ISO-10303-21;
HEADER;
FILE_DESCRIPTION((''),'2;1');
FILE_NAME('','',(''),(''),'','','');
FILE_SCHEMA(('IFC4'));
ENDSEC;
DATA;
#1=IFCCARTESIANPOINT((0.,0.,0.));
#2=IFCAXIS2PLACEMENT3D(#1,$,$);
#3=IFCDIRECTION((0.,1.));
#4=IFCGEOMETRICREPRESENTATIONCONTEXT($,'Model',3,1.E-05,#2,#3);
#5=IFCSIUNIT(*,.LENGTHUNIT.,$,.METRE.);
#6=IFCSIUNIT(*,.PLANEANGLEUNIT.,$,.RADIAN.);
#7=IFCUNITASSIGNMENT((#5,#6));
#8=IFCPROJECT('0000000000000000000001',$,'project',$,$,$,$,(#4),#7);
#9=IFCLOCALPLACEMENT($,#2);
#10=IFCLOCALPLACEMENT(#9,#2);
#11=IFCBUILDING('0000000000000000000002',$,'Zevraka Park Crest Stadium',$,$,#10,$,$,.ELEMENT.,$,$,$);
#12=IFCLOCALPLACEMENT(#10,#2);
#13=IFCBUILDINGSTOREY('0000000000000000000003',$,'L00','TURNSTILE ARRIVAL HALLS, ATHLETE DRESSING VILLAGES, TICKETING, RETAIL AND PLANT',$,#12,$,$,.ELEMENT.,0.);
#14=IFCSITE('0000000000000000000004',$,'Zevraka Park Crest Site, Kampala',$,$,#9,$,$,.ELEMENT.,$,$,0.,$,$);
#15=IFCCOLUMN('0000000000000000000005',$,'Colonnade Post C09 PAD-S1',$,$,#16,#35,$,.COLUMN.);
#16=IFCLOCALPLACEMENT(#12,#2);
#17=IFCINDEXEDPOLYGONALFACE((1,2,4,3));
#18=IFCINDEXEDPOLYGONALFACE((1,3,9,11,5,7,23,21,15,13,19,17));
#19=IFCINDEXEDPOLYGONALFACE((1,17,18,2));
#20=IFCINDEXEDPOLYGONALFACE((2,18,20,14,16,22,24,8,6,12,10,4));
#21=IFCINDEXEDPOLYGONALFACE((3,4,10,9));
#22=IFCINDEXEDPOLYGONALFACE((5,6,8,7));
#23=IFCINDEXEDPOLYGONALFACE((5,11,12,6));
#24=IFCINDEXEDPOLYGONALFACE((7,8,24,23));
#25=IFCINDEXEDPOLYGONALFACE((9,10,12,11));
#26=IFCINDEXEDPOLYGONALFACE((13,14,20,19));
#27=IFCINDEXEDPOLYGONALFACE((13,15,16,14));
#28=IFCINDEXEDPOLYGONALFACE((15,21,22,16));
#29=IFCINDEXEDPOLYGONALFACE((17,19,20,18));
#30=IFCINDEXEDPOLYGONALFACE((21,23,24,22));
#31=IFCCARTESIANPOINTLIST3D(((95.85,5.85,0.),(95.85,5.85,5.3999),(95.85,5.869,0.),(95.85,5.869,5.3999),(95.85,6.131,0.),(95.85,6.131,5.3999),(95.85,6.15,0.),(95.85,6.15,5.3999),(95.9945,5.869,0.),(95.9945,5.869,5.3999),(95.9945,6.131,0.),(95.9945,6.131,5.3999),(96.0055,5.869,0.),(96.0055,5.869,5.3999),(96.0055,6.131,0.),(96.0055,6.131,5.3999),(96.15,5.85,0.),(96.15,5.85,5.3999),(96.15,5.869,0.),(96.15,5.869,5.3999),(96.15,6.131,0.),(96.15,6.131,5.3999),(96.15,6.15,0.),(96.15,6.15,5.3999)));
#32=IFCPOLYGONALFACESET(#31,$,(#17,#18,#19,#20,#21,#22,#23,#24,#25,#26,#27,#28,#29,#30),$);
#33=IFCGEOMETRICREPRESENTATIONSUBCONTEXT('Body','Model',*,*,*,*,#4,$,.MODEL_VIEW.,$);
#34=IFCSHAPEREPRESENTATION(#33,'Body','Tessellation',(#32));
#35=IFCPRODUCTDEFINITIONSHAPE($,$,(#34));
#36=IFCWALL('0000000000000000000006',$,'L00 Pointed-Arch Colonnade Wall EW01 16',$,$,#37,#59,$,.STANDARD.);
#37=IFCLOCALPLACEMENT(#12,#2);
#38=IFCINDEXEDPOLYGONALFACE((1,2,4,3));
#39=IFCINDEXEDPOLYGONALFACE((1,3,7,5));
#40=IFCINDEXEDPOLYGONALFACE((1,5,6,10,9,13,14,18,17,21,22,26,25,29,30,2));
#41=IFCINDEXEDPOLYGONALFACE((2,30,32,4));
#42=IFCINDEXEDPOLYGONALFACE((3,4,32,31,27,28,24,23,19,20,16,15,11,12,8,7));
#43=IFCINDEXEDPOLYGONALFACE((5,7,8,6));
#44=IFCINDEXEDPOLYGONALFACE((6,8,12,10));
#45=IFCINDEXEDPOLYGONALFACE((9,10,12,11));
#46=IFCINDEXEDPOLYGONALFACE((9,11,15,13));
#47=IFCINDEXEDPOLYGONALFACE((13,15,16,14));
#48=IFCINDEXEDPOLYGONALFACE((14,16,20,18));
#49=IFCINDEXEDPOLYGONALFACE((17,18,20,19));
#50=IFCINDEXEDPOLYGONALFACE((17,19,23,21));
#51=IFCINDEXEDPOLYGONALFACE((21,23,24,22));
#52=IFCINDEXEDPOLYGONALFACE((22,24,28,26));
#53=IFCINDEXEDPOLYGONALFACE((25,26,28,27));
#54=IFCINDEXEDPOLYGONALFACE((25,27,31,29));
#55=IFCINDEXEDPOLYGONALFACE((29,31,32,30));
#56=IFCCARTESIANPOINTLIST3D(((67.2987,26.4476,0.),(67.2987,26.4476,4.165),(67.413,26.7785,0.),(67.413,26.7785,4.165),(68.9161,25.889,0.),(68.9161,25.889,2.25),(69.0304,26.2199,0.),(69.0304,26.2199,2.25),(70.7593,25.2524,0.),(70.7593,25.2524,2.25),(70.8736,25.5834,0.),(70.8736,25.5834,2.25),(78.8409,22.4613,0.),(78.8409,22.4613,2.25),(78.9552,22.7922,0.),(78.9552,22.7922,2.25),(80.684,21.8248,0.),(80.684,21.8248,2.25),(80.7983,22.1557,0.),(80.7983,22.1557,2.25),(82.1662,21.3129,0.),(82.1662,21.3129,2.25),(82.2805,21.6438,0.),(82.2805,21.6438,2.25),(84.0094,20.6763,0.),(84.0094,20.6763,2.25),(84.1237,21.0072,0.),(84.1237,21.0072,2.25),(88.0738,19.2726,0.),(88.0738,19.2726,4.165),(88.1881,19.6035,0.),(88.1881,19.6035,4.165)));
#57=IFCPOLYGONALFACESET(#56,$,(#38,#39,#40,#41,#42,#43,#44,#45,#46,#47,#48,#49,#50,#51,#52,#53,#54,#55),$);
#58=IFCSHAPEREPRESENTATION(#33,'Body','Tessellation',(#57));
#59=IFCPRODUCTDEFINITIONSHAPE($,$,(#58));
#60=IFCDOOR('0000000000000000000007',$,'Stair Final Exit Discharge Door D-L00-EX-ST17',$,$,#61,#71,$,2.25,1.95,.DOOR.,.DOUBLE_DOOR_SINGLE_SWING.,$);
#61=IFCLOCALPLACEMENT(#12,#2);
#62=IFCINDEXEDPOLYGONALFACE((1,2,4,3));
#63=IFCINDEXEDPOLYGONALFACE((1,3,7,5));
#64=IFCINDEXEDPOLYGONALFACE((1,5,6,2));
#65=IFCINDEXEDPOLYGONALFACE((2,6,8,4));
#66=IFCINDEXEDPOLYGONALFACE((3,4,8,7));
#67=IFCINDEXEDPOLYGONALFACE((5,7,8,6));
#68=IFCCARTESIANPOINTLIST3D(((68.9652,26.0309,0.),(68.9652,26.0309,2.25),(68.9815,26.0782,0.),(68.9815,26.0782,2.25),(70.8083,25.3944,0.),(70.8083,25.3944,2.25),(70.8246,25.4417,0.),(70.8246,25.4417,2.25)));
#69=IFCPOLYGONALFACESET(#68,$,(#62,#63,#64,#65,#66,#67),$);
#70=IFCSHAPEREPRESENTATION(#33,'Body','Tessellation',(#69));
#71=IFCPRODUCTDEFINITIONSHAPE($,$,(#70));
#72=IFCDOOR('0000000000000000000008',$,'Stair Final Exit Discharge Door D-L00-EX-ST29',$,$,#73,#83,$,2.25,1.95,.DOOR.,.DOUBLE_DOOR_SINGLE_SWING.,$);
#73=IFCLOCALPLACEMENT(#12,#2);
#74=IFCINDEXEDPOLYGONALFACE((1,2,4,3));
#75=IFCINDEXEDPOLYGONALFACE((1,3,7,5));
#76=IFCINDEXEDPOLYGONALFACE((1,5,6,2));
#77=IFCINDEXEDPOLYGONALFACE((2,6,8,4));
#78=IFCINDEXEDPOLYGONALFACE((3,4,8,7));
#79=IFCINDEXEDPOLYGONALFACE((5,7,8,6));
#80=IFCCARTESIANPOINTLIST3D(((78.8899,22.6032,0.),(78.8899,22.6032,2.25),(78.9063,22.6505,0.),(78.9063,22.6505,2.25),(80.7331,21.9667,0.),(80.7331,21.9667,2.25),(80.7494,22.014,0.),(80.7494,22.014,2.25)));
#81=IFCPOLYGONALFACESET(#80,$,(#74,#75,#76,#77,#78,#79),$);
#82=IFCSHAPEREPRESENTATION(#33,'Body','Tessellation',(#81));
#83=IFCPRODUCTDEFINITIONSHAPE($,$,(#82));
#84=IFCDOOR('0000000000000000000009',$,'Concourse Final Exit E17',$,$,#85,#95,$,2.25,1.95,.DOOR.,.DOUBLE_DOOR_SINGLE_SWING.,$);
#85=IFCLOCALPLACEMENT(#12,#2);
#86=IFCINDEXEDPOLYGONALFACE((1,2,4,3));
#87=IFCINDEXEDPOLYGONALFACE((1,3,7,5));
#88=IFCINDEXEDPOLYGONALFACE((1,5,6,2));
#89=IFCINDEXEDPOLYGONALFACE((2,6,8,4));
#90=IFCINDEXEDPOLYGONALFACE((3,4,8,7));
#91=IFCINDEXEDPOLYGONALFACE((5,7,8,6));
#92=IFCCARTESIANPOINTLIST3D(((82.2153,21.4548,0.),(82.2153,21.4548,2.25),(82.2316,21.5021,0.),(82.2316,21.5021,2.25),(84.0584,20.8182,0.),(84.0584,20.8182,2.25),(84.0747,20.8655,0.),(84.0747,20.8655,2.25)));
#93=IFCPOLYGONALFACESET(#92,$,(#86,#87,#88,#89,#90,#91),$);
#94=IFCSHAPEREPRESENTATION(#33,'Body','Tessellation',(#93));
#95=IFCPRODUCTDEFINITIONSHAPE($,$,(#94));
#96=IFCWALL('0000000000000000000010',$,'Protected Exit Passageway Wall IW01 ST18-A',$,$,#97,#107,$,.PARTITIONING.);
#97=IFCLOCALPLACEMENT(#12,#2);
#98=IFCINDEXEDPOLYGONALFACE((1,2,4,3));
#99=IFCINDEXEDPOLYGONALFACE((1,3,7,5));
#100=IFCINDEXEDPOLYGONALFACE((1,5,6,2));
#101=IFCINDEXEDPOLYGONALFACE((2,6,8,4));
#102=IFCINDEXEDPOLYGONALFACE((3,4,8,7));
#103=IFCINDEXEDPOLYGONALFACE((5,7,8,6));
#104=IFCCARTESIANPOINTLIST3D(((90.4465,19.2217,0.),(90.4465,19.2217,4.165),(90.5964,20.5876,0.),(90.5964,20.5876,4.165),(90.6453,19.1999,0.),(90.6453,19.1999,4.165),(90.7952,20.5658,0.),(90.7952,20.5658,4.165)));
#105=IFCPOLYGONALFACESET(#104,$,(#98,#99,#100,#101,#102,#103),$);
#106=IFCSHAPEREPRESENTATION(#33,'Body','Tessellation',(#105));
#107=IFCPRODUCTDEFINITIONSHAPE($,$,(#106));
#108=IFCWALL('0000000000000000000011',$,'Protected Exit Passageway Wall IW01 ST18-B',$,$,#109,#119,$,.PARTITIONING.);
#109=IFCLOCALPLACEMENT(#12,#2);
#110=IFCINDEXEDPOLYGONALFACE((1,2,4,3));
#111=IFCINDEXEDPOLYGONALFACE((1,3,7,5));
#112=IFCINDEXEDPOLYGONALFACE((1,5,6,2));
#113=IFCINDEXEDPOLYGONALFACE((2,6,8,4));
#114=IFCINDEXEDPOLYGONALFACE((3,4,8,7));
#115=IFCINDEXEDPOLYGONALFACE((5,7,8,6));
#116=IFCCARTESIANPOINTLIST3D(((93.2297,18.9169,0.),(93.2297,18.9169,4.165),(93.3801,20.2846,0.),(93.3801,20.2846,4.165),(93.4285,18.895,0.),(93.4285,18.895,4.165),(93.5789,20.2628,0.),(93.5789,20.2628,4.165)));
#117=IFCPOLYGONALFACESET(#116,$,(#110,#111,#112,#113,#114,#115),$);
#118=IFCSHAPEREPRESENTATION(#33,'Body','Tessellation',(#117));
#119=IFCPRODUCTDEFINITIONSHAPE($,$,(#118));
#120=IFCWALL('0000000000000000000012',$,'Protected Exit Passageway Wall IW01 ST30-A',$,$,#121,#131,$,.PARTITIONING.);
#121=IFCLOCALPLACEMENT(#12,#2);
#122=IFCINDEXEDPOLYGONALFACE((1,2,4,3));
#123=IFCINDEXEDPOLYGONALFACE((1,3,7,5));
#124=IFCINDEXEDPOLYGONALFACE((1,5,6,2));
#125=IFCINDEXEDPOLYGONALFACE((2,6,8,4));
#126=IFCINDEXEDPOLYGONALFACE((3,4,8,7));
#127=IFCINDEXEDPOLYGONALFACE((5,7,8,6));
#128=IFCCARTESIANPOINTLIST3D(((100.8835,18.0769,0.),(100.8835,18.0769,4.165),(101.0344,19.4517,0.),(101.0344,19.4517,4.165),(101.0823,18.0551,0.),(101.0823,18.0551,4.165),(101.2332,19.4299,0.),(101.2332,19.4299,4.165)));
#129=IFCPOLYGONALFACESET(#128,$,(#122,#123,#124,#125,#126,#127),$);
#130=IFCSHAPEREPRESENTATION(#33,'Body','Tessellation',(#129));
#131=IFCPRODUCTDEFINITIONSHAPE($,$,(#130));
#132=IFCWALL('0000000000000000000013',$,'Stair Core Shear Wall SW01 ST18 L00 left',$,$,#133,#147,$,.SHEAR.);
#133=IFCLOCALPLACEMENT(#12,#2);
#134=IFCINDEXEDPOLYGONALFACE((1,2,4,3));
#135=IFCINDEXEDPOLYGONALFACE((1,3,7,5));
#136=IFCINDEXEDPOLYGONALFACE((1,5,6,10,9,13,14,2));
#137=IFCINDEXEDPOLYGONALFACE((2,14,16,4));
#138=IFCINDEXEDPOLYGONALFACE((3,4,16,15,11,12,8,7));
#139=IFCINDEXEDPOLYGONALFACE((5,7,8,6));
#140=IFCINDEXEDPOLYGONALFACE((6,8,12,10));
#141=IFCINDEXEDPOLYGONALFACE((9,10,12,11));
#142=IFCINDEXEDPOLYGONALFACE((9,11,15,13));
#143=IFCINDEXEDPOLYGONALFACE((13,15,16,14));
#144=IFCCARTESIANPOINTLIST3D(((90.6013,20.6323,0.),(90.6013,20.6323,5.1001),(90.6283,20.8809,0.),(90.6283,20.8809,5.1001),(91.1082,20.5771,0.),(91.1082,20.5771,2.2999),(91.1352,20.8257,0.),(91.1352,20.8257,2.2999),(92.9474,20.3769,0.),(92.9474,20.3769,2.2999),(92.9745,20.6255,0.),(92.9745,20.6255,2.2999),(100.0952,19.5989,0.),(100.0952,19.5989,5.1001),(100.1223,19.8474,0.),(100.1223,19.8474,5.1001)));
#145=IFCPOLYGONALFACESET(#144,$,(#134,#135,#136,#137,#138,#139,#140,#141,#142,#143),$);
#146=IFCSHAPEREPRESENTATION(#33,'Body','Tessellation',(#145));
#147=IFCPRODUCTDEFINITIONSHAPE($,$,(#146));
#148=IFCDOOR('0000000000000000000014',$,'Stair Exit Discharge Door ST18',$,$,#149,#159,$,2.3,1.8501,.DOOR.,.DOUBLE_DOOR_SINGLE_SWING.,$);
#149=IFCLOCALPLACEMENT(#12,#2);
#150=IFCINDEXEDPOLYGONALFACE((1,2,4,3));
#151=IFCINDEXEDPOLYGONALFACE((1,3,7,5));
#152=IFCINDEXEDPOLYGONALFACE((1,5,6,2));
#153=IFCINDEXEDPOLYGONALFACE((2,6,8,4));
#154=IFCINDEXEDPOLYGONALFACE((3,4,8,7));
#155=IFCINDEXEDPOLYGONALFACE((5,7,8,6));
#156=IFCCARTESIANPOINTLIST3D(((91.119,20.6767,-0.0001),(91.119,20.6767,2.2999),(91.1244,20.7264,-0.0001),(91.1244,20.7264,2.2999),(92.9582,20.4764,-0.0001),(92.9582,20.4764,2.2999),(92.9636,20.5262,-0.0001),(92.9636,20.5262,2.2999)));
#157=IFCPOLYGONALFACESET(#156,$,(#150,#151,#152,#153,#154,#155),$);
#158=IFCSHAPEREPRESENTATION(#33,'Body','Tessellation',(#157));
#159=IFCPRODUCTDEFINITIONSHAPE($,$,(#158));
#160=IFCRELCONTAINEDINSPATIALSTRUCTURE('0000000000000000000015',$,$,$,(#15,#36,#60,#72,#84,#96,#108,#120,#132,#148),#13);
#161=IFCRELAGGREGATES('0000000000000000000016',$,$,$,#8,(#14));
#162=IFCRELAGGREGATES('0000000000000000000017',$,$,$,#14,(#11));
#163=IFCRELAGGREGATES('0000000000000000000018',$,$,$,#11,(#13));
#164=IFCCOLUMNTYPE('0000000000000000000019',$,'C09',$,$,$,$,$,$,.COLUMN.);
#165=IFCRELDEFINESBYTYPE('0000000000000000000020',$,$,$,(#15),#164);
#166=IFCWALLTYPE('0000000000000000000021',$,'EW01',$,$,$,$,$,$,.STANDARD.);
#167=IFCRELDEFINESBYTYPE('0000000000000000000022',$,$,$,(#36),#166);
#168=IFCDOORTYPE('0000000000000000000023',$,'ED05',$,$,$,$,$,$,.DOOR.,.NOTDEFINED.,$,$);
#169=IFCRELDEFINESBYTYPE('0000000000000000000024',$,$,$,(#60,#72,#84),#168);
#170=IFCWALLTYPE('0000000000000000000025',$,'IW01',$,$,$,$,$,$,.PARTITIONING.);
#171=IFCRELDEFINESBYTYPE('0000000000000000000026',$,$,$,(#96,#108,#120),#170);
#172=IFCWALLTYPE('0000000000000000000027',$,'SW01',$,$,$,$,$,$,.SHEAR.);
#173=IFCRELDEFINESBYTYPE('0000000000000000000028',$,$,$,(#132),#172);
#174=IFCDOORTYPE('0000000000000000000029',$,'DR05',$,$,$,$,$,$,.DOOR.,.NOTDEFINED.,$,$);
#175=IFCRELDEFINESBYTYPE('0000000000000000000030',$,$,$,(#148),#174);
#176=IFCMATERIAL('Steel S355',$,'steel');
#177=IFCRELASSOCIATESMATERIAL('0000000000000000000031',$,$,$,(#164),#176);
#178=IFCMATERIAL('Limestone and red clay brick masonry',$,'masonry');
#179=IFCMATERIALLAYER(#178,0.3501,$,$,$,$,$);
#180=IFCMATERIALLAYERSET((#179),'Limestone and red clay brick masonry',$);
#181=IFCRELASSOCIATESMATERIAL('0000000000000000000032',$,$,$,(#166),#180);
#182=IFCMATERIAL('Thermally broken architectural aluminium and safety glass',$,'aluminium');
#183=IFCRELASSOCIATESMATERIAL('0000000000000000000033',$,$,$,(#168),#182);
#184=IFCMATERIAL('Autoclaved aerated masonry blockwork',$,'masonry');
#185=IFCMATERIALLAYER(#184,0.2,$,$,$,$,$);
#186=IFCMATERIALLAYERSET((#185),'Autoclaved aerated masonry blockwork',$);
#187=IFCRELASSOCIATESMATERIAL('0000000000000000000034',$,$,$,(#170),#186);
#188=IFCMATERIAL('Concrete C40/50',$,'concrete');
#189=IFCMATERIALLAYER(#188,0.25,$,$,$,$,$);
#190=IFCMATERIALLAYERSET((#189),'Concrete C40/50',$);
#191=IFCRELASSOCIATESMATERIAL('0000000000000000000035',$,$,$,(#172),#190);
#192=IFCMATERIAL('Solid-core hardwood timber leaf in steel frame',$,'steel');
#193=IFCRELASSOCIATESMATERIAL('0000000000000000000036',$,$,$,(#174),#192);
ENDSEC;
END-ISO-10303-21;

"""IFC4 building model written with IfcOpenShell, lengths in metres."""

from ifc_helpers import new_model, si_unit, direction, frame, frame_2d, origin, origin_2d, place, context, subcontext, project, spatial, rectangle, i_section, extrude, material, layer, layer_set, material_profile, profile_set, type_object, element, fill, save


model = new_model("IFC4")

# Units and contexts
model_context = context("Model", 3, precision=1e-05, world=origin(), true_north=direction((0.0, 1.0)))
body_context = subcontext(model_context, "Body", "Model", "MODEL_VIEW")
ifc_project = project(units=[si_unit("LENGTHUNIT", "METRE"), si_unit("PLANEANGLEUNIT", "RADIAN")], contexts=[model_context])

# Site, building, storey
site_placement = place(None, origin())
site = spatial("IfcSite", under=ifc_project, at=site_placement, Name="Zevraka Park Crest Site, Kampala", CompositionType="ELEMENT", RefElevation=0.0)
building_placement = place(site_placement, origin())
building = spatial("IfcBuilding", under=site, at=building_placement, Name="Zevraka Park Crest Stadium", CompositionType="ELEMENT")
storey_placement = place(building_placement, origin())
storey = spatial("IfcBuildingStorey", under=building, at=storey_placement, Name="L00", Description="TURNSTILE ARRIVAL HALLS, ATHLETE DRESSING VILLAGES, TICKETING, RETAIL AND PLANT", CompositionType="ELEMENT", Elevation=0.0)

# Column
ifc_material_1 = material(Name="Steel S355", Category="steel")
ifc_material_profile_1 = material_profile(ifc_material_1, i_section(OverallWidth=0.3, OverallDepth=0.3, WebThickness=0.011, FlangeThickness=0.019, at=origin_2d()), Name="HEB 300")
ifc_profile_set_1 = profile_set([ifc_material_profile_1], Name="Steel S355")
column_type_1 = type_object("IfcColumnType", Name="C09", PredefinedType="COLUMN", material=ifc_profile_set_1)
column_1_placement = place(storey_placement, frame((96.0, 6.0, 0.0), z_axis=(0.0, 0.0, 1.0), x_axis=(1.0, 0.0, 0.0)))
element("IfcColumn", 1, at=column_1_placement, inside=storey, type_object=column_type_1, Name="Colonnade Post C09 PAD-S1", PredefinedType="COLUMN", context=body_context, shape_type="SweptSolid", body=[
    extrude(i_section(OverallWidth=0.3, OverallDepth=0.3, WebThickness=0.011, FlangeThickness=0.019, at=origin_2d()), origin(), (0.0, 0.0, 1.0), 5.3999),
])

# Wall, openings, doors
ifc_material_2 = material(Name="Limestone and red clay brick masonry", Category="masonry")
ifc_layer_1 = layer(ifc_material_2, 0.3501)
ifc_layer_set_1 = layer_set([ifc_layer_1], Name="Limestone and red clay brick masonry")
wall_type_1 = type_object("IfcWallType", Name="EW01", PredefinedType="STANDARD", material=ifc_layer_set_1)
wall_1_placement = place(storey_placement, frame((88.1311, 19.438, 0.0), z_axis=(0.0, 0.0, 1.0), x_axis=(-0.945216, 0.326446, 0.0)))
wall_1 = element("IfcWall", 2, at=wall_1_placement, inside=storey, type_object=wall_type_1, Name="L00 Pointed-Arch Colonnade Wall EW01 16", PredefinedType="STANDARD", context=body_context, shape_type="SweptSolid", body=[
    extrude(rectangle(XDim=21.9792, YDim=0.3501, at=frame_2d((10.9897, 0.0))), origin(), (0.0, 0.0, 1.0), 4.165),
])
opening_1_placement = place(wall_1_placement, frame((18.3181, 0.0, 0.0)))
opening_1 = element("IfcOpeningElement", 3, at=opening_1_placement, cuts=wall_1, PredefinedType="OPENING", context=body_context, shape_type="SweptSolid", body=[
    extrude(rectangle(XDim=1.95, YDim=2.25, at=frame_2d((0.9751, 1.125))), frame((0.0, 0.1851, 0.0), z_axis=(0.0, -1.0, 0.0), x_axis=(1.0, 0.0, 0.0)), (0.0, 0.0, 1.0), 0.3701),
])
opening_2_placement = place(wall_1_placement, frame((7.8181, 0.0, 0.0)))
opening_2 = element("IfcOpeningElement", 4, at=opening_2_placement, cuts=wall_1, PredefinedType="OPENING", context=body_context, shape_type="SweptSolid", body=[
    extrude(rectangle(XDim=1.95, YDim=2.25, at=frame_2d((0.9751, 1.125))), frame((0.0, 0.1851, 0.0), z_axis=(0.0, -1.0, 0.0), x_axis=(1.0, 0.0, 0.0)), (0.0, 0.0, 1.0), 0.3701),
])
opening_3_placement = place(wall_1_placement, frame((4.3, 0.0, 0.0)))
opening_3 = element("IfcOpeningElement", 5, at=opening_3_placement, cuts=wall_1, PredefinedType="OPENING", context=body_context, shape_type="SweptSolid", body=[
    extrude(rectangle(XDim=1.95, YDim=2.25, at=frame_2d((0.9751, 1.125))), frame((0.0, 0.1851, 0.0), z_axis=(0.0, -1.0, 0.0), x_axis=(1.0, 0.0, 0.0)), (0.0, 0.0, 1.0), 0.3701),
])
ifc_material_3 = material(Name="Thermally broken architectural aluminium and safety glass", Category="aluminium")
door_type_1 = type_object("IfcDoorType", Name="ED05", OperationType="NOTDEFINED", PredefinedType="DOOR", material=ifc_material_3)
door_1_placement = place(opening_1_placement, origin())
door_1 = element("IfcDoor", 6, at=door_1_placement, inside=storey, type_object=door_type_1, Name="Stair Final Exit Discharge Door D-L00-EX-ST17", OperationType="DOUBLE_DOOR_SINGLE_SWING", OverallHeight=2.25, OverallWidth=1.95, PredefinedType="DOOR", context=body_context, shape_type="SweptSolid", body=[
    extrude(rectangle(XDim=1.95, YDim=2.25, at=frame_2d((0.9751, 1.125))), frame((0.0, 0.0249, 0.0), z_axis=(0.0, -1.0, 0.0), x_axis=(1.0, 0.0, 0.0)), (0.0, 0.0, 1.0), 0.05),
])
fill(opening_1, door_1)
door_2_placement = place(opening_2_placement, origin())
door_2 = element("IfcDoor", 7, at=door_2_placement, inside=storey, type_object=door_type_1, Name="Stair Final Exit Discharge Door D-L00-EX-ST29", OperationType="DOUBLE_DOOR_SINGLE_SWING", OverallHeight=2.25, OverallWidth=1.95, PredefinedType="DOOR", context=body_context, shape_type="SweptSolid", body=[
    extrude(rectangle(XDim=1.95, YDim=2.25, at=frame_2d((0.9751, 1.125))), frame((0.0, 0.0249, 0.0), z_axis=(0.0, -1.0, 0.0), x_axis=(1.0, 0.0, 0.0)), (0.0, 0.0, 1.0), 0.05),
])
fill(opening_2, door_2)
door_3_placement = place(opening_3_placement, origin())
door_3 = element("IfcDoor", 8, at=door_3_placement, inside=storey, type_object=door_type_1, Name="Concourse Final Exit E17", OperationType="DOUBLE_DOOR_SINGLE_SWING", OverallHeight=2.25, OverallWidth=1.95, PredefinedType="DOOR", context=body_context, shape_type="SweptSolid", body=[
    extrude(rectangle(XDim=1.95, YDim=2.25, at=frame_2d((0.9751, 1.125))), frame((0.0, 0.0249, 0.0), z_axis=(0.0, -1.0, 0.0), x_axis=(1.0, 0.0, 0.0)), (0.0, 0.0, 1.0), 0.05),
])
fill(opening_3, door_3)

# Walls
ifc_material_4 = material(Name="Autoclaved aerated masonry blockwork", Category="masonry")
ifc_layer_2 = layer(ifc_material_4, 0.2)
ifc_layer_set_2 = layer_set([ifc_layer_2], Name="Autoclaved aerated masonry blockwork")
wall_type_2 = type_object("IfcWallType", Name="IW01", PredefinedType="PARTITIONING", material=ifc_layer_set_2)
wall_2_placement = place(storey_placement, frame((90.6958, 20.5767, 0.0), z_axis=(0.0, 0.0, 1.0), x_axis=(-0.109105, -0.99403, 0.0)))
element("IfcWall", 9, at=wall_2_placement, inside=storey, type_object=wall_type_2, Name="Protected Exit Passageway Wall IW01 ST18-A", PredefinedType="PARTITIONING", context=body_context, shape_type="SweptSolid", body=[
    extrude(rectangle(XDim=1.374, YDim=0.2, at=frame_2d((0.687, 0.0))), origin(), (0.0, 0.0, 1.0), 4.165),
])
wall_3_placement = place(storey_placement, frame((93.4795, 20.2737, 0.0), z_axis=(0.0, 0.0, 1.0), x_axis=(-0.109302, -0.994009, 0.0)))
element("IfcWall", 10, at=wall_3_placement, inside=storey, type_object=wall_type_2, Name="Protected Exit Passageway Wall IW01 ST18-B", PredefinedType="PARTITIONING", context=body_context, shape_type="SweptSolid", body=[
    extrude(rectangle(XDim=1.376, YDim=0.2, at=frame_2d((0.688, 0.0))), origin(), (0.0, 0.0, 1.0), 4.165),
])
wall_4_placement = place(storey_placement, frame((101.1338, 19.4407, 0.0), z_axis=(0.0, 0.0, 1.0), x_axis=(-0.109095, -0.994031, 0.0)))
element("IfcWall", 11, at=wall_4_placement, inside=storey, type_object=wall_type_2, Name="Protected Exit Passageway Wall IW01 ST30-A", PredefinedType="PARTITIONING", context=body_context, shape_type="SweptSolid", body=[
    extrude(rectangle(XDim=1.3831, YDim=0.2, at=frame_2d((0.6914, 0.0))), origin(), (0.0, 0.0, 1.0), 4.165),
])

# Wall, opening, door
ifc_material_5 = material(Name="Concrete C40/50", Category="concrete")
ifc_layer_3 = layer(ifc_material_5, 0.25)
ifc_layer_set_3 = layer_set([ifc_layer_3], Name="Concrete C40/50")
wall_type_3 = type_object("IfcWallType", Name="SW01", PredefinedType="SHEAR", material=ifc_layer_set_3)
wall_5_placement = place(storey_placement, frame((100.1086, 19.7231, 0.0), z_axis=(0.0, 0.0, 1.0), x_axis=(-0.994128, 0.108215, 0.0)))
wall_5 = element("IfcWall", 12, at=wall_5_placement, inside=storey, type_object=wall_type_3, Name="Stair Core Shear Wall SW01 ST18 L00 left", PredefinedType="SHEAR", context=body_context, shape_type="SweptSolid", body=[
    extrude(rectangle(XDim=9.55, YDim=0.25, at=frame_2d((4.7749, 0.0))), origin(), (0.0, 0.0, 1.0), 5.1001),
])
opening_4_placement = place(wall_5_placement, frame((7.1899, 0.0, 0.0)))
opening_4 = element("IfcOpeningElement", 13, at=opening_4_placement, cuts=wall_5, PredefinedType="OPENING", context=body_context, shape_type="SweptSolid", body=[
    extrude(rectangle(XDim=1.8501, YDim=2.3, at=frame_2d((0.925, 1.1499))), frame((0.0, 0.135, 0.0), z_axis=(0.0, -1.0, 0.0), x_axis=(1.0, 0.0, 0.0)), (0.0, 0.0, 1.0), 0.27),
])
ifc_material_6 = material(Name="Solid-core hardwood timber leaf in steel frame", Category="steel")
door_type_2 = type_object("IfcDoorType", Name="DR05", OperationType="NOTDEFINED", PredefinedType="DOOR", material=ifc_material_6)
door_4_placement = place(opening_4_placement, origin())
door_4 = element("IfcDoor", 14, at=door_4_placement, inside=storey, type_object=door_type_2, Name="Stair Exit Discharge Door ST18", OperationType="DOUBLE_DOOR_SINGLE_SWING", OverallHeight=2.3, OverallWidth=1.8501, PredefinedType="DOOR", context=body_context, shape_type="SweptSolid", body=[
    extrude(rectangle(XDim=1.8501, YDim=2.3, at=frame_2d((0.925, 1.1499))), frame((0.0, 0.0249, 0.0), z_axis=(0.0, -1.0, 0.0), x_axis=(1.0, 0.0, 0.0)), (0.0, 0.0, 1.0), 0.05),
])
fill(opening_4, door_4)

save(model, "model.ifc")
